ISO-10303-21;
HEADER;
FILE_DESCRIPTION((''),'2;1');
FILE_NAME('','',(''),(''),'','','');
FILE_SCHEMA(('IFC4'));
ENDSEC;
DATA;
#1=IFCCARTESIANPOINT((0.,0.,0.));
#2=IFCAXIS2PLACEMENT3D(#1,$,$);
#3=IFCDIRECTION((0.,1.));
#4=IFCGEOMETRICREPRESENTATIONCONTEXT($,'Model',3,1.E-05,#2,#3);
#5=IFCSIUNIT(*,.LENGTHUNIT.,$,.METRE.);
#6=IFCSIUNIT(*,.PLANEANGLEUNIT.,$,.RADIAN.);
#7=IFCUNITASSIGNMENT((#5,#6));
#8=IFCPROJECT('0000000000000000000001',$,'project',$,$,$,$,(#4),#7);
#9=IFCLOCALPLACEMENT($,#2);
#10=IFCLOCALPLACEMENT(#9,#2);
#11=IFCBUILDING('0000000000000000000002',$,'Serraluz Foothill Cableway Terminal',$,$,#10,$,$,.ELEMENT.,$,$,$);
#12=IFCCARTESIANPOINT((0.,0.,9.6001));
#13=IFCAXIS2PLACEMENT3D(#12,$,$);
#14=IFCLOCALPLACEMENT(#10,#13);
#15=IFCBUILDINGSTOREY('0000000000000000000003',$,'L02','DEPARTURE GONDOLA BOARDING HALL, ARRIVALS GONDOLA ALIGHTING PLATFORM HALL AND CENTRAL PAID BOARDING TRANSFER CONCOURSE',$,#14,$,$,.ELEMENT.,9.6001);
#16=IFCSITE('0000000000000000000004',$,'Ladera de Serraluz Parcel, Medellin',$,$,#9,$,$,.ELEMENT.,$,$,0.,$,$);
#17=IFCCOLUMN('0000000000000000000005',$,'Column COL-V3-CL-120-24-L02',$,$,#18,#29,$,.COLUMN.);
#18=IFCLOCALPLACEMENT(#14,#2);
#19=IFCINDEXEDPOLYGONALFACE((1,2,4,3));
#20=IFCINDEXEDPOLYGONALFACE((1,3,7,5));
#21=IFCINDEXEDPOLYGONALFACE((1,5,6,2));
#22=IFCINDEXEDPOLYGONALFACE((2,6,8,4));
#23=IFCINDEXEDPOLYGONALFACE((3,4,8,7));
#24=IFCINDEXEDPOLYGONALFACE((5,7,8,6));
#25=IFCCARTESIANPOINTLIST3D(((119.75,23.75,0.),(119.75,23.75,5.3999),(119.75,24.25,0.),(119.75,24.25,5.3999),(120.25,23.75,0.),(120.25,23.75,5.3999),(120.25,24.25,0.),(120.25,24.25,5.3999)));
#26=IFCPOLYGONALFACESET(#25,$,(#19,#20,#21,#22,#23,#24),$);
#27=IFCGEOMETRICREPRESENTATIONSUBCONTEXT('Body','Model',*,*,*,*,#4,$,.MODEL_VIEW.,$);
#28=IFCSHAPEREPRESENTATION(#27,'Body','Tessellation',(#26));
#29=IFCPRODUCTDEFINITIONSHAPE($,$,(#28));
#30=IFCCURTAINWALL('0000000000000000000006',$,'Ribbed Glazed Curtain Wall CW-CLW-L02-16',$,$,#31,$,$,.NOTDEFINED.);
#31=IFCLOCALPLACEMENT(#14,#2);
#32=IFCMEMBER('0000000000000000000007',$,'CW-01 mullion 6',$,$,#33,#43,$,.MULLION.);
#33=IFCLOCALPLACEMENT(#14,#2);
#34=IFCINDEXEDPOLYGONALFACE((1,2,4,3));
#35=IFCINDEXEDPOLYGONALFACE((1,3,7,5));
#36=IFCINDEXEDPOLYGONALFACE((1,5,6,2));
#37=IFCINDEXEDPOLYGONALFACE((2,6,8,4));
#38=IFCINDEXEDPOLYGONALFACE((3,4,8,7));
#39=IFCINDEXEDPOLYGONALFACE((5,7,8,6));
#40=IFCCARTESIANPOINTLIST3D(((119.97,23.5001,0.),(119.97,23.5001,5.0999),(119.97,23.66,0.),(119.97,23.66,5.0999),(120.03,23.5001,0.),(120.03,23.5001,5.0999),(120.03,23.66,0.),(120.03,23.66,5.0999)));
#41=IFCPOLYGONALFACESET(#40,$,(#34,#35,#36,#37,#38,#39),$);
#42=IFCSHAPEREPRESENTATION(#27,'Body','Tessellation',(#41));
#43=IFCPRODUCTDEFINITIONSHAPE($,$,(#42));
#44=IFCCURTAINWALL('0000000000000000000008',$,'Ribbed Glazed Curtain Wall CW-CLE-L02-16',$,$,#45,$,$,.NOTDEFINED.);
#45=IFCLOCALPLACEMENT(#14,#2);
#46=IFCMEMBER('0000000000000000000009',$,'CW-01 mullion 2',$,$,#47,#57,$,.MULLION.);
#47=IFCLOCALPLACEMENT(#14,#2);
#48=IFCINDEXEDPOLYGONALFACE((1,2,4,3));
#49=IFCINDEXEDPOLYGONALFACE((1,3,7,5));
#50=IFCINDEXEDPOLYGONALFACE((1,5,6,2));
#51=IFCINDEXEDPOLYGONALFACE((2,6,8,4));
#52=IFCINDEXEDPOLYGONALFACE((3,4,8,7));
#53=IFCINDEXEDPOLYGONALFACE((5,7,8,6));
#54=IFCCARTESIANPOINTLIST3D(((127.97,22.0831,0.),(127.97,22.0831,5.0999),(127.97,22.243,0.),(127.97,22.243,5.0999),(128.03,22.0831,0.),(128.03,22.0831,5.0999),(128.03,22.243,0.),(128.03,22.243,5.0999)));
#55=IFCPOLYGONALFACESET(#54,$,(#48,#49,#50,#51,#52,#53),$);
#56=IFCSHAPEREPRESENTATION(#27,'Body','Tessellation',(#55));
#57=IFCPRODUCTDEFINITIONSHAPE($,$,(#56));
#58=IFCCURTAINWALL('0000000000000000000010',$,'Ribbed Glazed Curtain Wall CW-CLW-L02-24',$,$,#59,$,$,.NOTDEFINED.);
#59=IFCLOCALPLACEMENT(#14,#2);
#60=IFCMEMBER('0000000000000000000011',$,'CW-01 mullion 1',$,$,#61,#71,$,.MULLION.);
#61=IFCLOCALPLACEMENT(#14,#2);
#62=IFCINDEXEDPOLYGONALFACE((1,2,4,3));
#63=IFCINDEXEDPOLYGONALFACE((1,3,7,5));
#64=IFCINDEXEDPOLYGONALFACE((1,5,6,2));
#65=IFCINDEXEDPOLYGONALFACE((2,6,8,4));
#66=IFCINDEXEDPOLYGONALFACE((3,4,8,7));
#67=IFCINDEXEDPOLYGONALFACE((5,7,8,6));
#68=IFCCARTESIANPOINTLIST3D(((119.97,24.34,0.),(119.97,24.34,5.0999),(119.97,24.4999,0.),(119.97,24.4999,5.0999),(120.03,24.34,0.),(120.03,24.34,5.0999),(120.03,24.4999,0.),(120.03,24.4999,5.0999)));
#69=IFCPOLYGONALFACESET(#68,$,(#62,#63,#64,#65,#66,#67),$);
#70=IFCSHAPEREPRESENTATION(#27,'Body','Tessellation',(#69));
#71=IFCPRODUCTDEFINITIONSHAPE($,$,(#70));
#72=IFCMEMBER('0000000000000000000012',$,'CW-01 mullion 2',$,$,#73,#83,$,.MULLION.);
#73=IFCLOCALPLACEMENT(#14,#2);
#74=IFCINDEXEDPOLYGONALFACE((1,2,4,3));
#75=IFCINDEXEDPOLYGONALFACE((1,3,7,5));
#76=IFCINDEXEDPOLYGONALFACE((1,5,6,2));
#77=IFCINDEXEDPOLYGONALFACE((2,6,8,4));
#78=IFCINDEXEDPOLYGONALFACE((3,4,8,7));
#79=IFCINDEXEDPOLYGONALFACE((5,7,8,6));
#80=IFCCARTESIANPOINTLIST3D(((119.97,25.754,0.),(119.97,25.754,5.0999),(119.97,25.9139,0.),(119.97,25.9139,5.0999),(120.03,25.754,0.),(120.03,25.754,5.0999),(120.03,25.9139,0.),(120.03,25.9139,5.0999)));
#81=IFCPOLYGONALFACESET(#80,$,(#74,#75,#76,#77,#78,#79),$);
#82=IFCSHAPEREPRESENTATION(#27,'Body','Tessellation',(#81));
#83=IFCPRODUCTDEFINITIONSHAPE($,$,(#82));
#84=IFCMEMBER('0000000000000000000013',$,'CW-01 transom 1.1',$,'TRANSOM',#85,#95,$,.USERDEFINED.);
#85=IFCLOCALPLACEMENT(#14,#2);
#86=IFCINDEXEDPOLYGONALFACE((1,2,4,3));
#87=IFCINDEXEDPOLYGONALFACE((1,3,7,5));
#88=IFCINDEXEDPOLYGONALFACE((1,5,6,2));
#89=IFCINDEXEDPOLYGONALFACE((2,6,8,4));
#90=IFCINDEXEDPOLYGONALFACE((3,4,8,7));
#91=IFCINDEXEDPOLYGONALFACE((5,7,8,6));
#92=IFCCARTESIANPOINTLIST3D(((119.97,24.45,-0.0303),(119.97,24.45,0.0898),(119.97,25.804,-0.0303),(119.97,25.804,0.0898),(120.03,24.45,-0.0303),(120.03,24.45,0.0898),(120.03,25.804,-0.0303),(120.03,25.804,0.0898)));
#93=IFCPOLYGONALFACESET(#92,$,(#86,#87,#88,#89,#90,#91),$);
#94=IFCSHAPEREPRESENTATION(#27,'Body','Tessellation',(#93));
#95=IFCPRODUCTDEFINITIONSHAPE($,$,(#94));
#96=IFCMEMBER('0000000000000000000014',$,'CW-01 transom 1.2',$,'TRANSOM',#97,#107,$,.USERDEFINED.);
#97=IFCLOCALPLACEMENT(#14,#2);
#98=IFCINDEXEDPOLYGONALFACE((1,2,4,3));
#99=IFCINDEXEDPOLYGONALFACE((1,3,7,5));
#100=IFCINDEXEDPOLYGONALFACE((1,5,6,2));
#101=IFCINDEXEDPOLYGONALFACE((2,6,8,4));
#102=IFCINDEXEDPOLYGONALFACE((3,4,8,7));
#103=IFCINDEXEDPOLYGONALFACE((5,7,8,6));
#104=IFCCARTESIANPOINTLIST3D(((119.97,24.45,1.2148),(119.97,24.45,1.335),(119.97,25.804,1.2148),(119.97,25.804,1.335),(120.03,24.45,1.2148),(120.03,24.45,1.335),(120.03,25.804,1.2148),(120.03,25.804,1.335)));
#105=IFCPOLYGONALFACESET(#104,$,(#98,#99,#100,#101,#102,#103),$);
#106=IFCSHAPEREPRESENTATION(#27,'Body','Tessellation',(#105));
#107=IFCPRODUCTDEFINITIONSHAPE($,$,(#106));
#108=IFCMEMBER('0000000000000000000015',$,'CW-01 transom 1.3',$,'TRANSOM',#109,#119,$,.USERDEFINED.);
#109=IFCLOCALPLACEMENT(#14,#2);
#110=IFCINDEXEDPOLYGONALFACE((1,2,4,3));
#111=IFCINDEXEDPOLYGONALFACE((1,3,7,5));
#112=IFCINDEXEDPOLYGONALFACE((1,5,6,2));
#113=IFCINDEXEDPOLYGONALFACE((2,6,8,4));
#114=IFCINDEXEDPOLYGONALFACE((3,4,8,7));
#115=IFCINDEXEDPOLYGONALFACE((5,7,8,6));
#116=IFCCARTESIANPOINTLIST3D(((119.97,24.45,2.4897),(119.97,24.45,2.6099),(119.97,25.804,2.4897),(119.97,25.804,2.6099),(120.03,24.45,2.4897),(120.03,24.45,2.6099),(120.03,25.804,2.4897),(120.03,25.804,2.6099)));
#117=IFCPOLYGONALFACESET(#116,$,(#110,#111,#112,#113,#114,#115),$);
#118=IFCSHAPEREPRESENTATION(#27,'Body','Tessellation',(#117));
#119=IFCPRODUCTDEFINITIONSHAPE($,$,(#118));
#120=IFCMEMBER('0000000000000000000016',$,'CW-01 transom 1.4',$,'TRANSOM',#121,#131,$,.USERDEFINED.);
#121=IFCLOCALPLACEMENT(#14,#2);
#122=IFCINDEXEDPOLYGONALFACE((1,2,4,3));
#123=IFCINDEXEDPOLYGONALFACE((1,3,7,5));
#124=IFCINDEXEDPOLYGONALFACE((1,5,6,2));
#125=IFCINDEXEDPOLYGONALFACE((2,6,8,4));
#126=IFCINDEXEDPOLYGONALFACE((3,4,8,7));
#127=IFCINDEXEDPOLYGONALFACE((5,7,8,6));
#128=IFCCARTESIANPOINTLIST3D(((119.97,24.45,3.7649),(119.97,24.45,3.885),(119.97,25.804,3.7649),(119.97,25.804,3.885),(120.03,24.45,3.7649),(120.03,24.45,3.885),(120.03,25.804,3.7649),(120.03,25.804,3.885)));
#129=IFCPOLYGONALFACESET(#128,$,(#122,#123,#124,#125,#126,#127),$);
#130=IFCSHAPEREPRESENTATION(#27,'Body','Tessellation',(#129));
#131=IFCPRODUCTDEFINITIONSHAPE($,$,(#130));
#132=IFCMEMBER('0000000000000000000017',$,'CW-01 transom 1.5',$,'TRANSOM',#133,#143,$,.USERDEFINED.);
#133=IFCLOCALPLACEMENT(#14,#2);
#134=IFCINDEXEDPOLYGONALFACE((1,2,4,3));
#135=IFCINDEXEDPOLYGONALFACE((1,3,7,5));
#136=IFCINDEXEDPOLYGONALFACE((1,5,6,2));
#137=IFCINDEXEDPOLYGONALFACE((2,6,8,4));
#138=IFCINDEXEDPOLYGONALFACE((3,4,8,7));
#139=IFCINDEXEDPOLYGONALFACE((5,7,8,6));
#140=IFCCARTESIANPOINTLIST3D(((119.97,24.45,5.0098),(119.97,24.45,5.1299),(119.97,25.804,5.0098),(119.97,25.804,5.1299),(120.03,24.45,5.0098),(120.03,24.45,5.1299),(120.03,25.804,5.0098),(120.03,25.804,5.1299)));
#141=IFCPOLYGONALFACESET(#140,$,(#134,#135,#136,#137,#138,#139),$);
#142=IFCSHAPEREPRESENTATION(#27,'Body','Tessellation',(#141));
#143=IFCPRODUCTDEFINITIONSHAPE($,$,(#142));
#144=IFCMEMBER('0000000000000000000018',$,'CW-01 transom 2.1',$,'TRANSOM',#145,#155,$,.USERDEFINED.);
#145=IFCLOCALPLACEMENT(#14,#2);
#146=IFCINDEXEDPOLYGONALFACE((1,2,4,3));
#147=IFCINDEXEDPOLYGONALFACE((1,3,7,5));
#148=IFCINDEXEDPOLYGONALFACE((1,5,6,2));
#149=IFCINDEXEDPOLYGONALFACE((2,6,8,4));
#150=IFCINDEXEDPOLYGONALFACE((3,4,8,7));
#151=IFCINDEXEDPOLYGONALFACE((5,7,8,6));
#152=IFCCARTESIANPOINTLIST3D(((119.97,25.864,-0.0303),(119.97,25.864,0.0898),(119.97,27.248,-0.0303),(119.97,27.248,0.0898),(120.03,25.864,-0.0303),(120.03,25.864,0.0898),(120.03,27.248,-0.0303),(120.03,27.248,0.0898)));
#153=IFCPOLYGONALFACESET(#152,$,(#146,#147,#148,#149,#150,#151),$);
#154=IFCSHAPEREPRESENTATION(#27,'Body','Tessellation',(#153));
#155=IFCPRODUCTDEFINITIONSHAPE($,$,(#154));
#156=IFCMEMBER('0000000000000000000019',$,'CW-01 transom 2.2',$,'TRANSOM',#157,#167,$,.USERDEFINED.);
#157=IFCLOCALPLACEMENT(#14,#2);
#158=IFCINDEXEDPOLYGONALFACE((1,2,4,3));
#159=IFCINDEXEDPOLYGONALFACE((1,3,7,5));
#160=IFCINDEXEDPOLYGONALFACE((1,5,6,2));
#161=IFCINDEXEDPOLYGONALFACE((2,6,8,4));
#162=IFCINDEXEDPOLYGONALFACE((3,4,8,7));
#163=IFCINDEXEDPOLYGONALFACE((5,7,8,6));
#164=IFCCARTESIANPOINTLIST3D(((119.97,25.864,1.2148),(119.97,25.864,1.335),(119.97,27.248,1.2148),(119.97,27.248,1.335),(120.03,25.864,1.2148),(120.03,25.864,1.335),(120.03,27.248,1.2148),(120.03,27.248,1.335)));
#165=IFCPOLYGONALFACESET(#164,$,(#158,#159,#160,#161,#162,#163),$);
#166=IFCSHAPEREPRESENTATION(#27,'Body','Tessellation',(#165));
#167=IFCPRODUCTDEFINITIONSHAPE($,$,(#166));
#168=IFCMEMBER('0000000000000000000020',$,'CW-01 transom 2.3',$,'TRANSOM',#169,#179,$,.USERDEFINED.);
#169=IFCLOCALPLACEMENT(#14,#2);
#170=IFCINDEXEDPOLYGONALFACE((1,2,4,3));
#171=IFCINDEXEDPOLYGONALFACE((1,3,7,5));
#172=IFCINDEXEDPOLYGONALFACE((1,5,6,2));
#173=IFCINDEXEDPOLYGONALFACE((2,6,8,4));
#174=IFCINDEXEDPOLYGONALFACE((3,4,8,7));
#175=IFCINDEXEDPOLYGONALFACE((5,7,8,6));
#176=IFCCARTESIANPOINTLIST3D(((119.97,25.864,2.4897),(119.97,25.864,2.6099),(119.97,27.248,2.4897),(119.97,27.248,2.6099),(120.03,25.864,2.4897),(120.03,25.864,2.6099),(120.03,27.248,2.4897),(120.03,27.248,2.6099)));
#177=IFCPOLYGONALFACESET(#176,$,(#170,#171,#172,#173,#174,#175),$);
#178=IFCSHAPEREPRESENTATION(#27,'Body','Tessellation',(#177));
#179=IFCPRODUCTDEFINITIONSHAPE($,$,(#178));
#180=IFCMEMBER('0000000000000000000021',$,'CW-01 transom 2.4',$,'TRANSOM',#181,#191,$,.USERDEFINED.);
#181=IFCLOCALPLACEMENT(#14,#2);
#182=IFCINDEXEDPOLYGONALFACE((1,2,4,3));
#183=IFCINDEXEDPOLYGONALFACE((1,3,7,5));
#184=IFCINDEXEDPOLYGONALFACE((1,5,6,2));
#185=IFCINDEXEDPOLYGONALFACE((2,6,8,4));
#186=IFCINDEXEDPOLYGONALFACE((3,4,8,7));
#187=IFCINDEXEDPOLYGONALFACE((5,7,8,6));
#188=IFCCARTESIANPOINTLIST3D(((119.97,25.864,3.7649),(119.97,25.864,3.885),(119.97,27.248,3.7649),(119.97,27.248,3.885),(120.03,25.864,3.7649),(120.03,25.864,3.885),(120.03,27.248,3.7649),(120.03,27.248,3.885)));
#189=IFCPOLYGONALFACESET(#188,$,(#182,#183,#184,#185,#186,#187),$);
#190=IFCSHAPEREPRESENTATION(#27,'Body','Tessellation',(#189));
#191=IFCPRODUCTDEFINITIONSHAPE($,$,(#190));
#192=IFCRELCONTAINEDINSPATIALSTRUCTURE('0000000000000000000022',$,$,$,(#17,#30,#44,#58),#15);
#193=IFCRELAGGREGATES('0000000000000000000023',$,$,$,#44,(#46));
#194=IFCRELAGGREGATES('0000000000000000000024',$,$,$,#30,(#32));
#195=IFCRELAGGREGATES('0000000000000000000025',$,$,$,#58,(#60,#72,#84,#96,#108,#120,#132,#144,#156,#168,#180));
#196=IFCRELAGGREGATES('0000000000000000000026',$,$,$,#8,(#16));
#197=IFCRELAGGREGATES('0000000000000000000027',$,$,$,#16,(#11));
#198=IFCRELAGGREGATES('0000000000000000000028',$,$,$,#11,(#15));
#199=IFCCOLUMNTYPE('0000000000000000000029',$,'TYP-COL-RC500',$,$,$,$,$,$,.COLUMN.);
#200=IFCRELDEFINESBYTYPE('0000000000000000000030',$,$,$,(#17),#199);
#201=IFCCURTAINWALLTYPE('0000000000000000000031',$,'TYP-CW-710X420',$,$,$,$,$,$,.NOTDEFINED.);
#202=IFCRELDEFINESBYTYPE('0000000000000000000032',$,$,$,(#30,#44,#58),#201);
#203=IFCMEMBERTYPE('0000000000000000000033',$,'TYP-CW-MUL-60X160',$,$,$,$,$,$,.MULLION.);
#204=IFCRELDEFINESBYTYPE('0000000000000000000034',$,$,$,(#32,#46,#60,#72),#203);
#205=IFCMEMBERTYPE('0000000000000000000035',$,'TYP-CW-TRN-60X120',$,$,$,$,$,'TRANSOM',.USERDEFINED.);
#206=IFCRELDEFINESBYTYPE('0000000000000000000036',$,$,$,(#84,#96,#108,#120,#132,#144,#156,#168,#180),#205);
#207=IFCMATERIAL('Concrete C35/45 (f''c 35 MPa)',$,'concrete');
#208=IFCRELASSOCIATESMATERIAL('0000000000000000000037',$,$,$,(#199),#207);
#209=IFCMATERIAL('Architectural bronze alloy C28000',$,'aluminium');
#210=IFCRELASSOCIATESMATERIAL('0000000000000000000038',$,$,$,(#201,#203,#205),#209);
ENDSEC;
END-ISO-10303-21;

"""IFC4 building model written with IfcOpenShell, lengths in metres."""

from ifc_helpers import new_model, si_unit, direction, frame, origin, origin_2d, place, context, subcontext, project, spatial, rectangle, extrude, material, material_profile, profile_set, type_object, element, aggregate, save


model = new_model("IFC4")

# Units and contexts
model_context = context("Model", 3, precision=1e-05, world=origin(), true_north=direction((0.0, 1.0)))
body_context = subcontext(model_context, "Body", "Model", "MODEL_VIEW")
ifc_project = project(units=[si_unit("LENGTHUNIT", "METRE"), si_unit("PLANEANGLEUNIT", "RADIAN")], contexts=[model_context])

# Site, building, storey
site_placement = place(None, origin())
site = spatial("IfcSite", under=ifc_project, at=site_placement, Name="Ladera de Serraluz Parcel, Medellin", CompositionType="ELEMENT", RefElevation=0.0)
building_placement = place(site_placement, origin())
building = spatial("IfcBuilding", under=site, at=building_placement, Name="Serraluz Foothill Cableway Terminal", CompositionType="ELEMENT")
storey_placement = place(building_placement, frame((0.0, 0.0, 9.6001)))
storey = spatial("IfcBuildingStorey", under=building, at=storey_placement, Name="L02", Description="DEPARTURE GONDOLA BOARDING HALL, ARRIVALS GONDOLA ALIGHTING PLATFORM HALL AND CENTRAL PAID BOARDING TRANSFER CONCOURSE", CompositionType="ELEMENT", Elevation=9.6001)

# Column
ifc_material_1 = material(Name="Concrete C35/45 (f'c 35 MPa)", Category="concrete")
ifc_material_profile_1 = material_profile(ifc_material_1, rectangle(XDim=0.5, YDim=0.5, at=origin_2d()), Name="RC 500x500")
ifc_profile_set_1 = profile_set([ifc_material_profile_1], Name="Concrete C35/45 (f'c 35 MPa)")
column_type = type_object("IfcColumnType", Name="TYP-COL-RC500", PredefinedType="COLUMN", material=ifc_profile_set_1)
column_placement = place(storey_placement, frame((120.0, 24.0, 0.0), z_axis=(0.0, 0.0, 1.0), x_axis=(1.0, 0.0, 0.0)))
element("IfcColumn", 1, at=column_placement, inside=storey, type_object=column_type, Name="Column COL-V3-CL-120-24-L02", PredefinedType="COLUMN", context=body_context, shape_type="SweptSolid", body=[
    extrude(rectangle(XDim=0.5, YDim=0.5, at=origin_2d()), origin(), (0.0, 0.0, 1.0), 5.3999),
])

# Curtain walls, members
ifc_material_2 = material(Name="Architectural bronze alloy C28000", Category="aluminium")
curtain_wall_type = type_object("IfcCurtainWallType", Name="TYP-CW-710X420", PredefinedType="NOTDEFINED", material=ifc_material_2)
curtain_wall_1_placement = place(storey_placement, origin())
curtain_wall_1 = element("IfcCurtainWall", 2, at=curtain_wall_1_placement, inside=storey, type_object=curtain_wall_type, Name="Ribbed Glazed Curtain Wall CW-CLW-L02-16", PredefinedType="NOTDEFINED")
ifc_material_profile_2 = material_profile(ifc_material_2, rectangle(XDim=0.0601, YDim=0.1599, at=origin_2d()), Name="ALU MULLION 60x160")
ifc_profile_set_2 = profile_set([ifc_material_profile_2], Name="Architectural bronze alloy C28000")
member_type_1 = type_object("IfcMemberType", Name="TYP-CW-MUL-60X160", PredefinedType="MULLION", material=ifc_profile_set_2)
member_1_placement = place(storey_placement, frame((120.0, 23.5801, 0.0), z_axis=(0.0, 0.0, 1.0), x_axis=(-1.0, 0.0, 0.0)))
member_1 = element("IfcMember", 3, at=member_1_placement, type_object=member_type_1, Name="CW-01 mullion 6", PredefinedType="MULLION", context=body_context, shape_type="SweptSolid", body=[
    extrude(rectangle(XDim=0.0601, YDim=0.1599, at=origin_2d()), origin(), (0.0, 0.0, 1.0), 5.0999),
])
curtain_wall_2_placement = place(storey_placement, origin())
curtain_wall_2 = element("IfcCurtainWall", 4, at=curtain_wall_2_placement, inside=storey, type_object=curtain_wall_type, Name="Ribbed Glazed Curtain Wall CW-CLE-L02-16", PredefinedType="NOTDEFINED")
member_2_placement = place(storey_placement, frame((128.0, 22.1631, 0.0), z_axis=(0.0, 0.0, 1.0), x_axis=(1.0, 0.0, 0.0)))
member_2 = element("IfcMember", 5, at=member_2_placement, type_object=member_type_1, Name="CW-01 mullion 2", PredefinedType="MULLION", context=body_context, shape_type="SweptSolid", body=[
    extrude(rectangle(XDim=0.0601, YDim=0.1599, at=origin_2d()), origin(), (0.0, 0.0, 1.0), 5.0999),
])
aggregate(curtain_wall_2, [member_2])

# Curtain wall, members
curtain_wall_3_placement = place(storey_placement, origin())
curtain_wall_3 = element("IfcCurtainWall", 6, at=curtain_wall_3_placement, inside=storey, type_object=curtain_wall_type, Name="Ribbed Glazed Curtain Wall CW-CLW-L02-24", PredefinedType="NOTDEFINED")
member_3_placement = place(storey_placement, frame((120.0, 24.4199, 0.0), z_axis=(0.0, 0.0, 1.0), x_axis=(-1.0, 0.0, 0.0)))
member_3 = element("IfcMember", 7, at=member_3_placement, type_object=member_type_1, Name="CW-01 mullion 1", PredefinedType="MULLION", context=body_context, shape_type="SweptSolid", body=[
    extrude(rectangle(XDim=0.0601, YDim=0.1599, at=origin_2d()), origin(), (0.0, 0.0, 1.0), 5.0999),
])
member_4_placement = place(storey_placement, frame((120.0, 25.834, 0.0), z_axis=(0.0, 0.0, 1.0), x_axis=(-1.0, 0.0, 0.0)))
member_4 = element("IfcMember", 8, at=member_4_placement, type_object=member_type_1, Name="CW-01 mullion 2", PredefinedType="MULLION", context=body_context, shape_type="SweptSolid", body=[
    extrude(rectangle(XDim=0.0601, YDim=0.1599, at=origin_2d()), origin(), (0.0, 0.0, 1.0), 5.0999),
])
ifc_material_profile_3 = material_profile(ifc_material_2, rectangle(XDim=0.0601, YDim=0.1201, at=origin_2d()), Name="ALU TRANSOM 60x120")
ifc_profile_set_3 = profile_set([ifc_material_profile_3], Name="Architectural bronze alloy C28000")
member_type_2 = type_object("IfcMemberType", Name="TYP-CW-TRN-60X120", ElementType="TRANSOM", PredefinedType="USERDEFINED", material=ifc_profile_set_3)
member_5_placement = place(storey_placement, frame((120.0, 24.45, 0.0298), z_axis=(0.0, 1.0, 0.0), x_axis=(-1.0, 0.0, 0.0)))
member_5 = element("IfcMember", 9, at=member_5_placement, type_object=member_type_2, Name="CW-01 transom 1.1", ObjectType="TRANSOM", PredefinedType="USERDEFINED", context=body_context, shape_type="SweptSolid", body=[
    extrude(rectangle(XDim=0.0601, YDim=0.1201, at=origin_2d()), origin(), (0.0, 0.0, 1.0), 1.354),
])
member_6_placement = place(storey_placement, frame((120.0, 24.45, 1.2749), z_axis=(0.0, 1.0, 0.0), x_axis=(-1.0, 0.0, 0.0)))
member_6 = element("IfcMember", 10, at=member_6_placement, type_object=member_type_2, Name="CW-01 transom 1.2", ObjectType="TRANSOM", PredefinedType="USERDEFINED", context=body_context, shape_type="SweptSolid", body=[
    extrude(rectangle(XDim=0.0601, YDim=0.1201, at=origin_2d()), origin(), (0.0, 0.0, 1.0), 1.354),
])
member_7_placement = place(storey_placement, frame((120.0, 24.45, 2.5498), z_axis=(0.0, 1.0, 0.0), x_axis=(-1.0, 0.0, 0.0)))
member_7 = element("IfcMember", 11, at=member_7_placement, type_object=member_type_2, Name="CW-01 transom 1.3", ObjectType="TRANSOM", PredefinedType="USERDEFINED", context=body_context, shape_type="SweptSolid", body=[
    extrude(rectangle(XDim=0.0601, YDim=0.1201, at=origin_2d()), origin(), (0.0, 0.0, 1.0), 1.354),
])
member_8_placement = place(storey_placement, frame((120.0, 24.45, 3.825), z_axis=(0.0, 1.0, 0.0), x_axis=(-1.0, 0.0, 0.0)))
member_8 = element("IfcMember", 12, at=member_8_placement, type_object=member_type_2, Name="CW-01 transom 1.4", ObjectType="TRANSOM", PredefinedType="USERDEFINED", context=body_context, shape_type="SweptSolid", body=[
    extrude(rectangle(XDim=0.0601, YDim=0.1201, at=origin_2d()), origin(), (0.0, 0.0, 1.0), 1.354),
])
member_9_placement = place(storey_placement, frame((120.0, 24.45, 5.0698), z_axis=(0.0, 1.0, 0.0), x_axis=(-1.0, 0.0, 0.0)))
member_9 = element("IfcMember", 13, at=member_9_placement, type_object=member_type_2, Name="CW-01 transom 1.5", ObjectType="TRANSOM", PredefinedType="USERDEFINED", context=body_context, shape_type="SweptSolid", body=[
    extrude(rectangle(XDim=0.0601, YDim=0.1201, at=origin_2d()), origin(), (0.0, 0.0, 1.0), 1.354),
])
member_10_placement = place(storey_placement, frame((120.0, 25.864, 0.0298), z_axis=(0.0, 1.0, 0.0), x_axis=(-1.0, 0.0, 0.0)))
member_10 = element("IfcMember", 14, at=member_10_placement, type_object=member_type_2, Name="CW-01 transom 2.1", ObjectType="TRANSOM", PredefinedType="USERDEFINED", context=body_context, shape_type="SweptSolid", body=[
    extrude(rectangle(XDim=0.0601, YDim=0.1201, at=origin_2d()), origin(), (0.0, 0.0, 1.0), 1.384),
])
member_11_placement = place(storey_placement, frame((120.0, 25.864, 1.2749), z_axis=(0.0, 1.0, 0.0), x_axis=(-1.0, 0.0, 0.0)))
member_11 = element("IfcMember", 15, at=member_11_placement, type_object=member_type_2, Name="CW-01 transom 2.2", ObjectType="TRANSOM", PredefinedType="USERDEFINED", context=body_context, shape_type="SweptSolid", body=[
    extrude(rectangle(XDim=0.0601, YDim=0.1201, at=origin_2d()), origin(), (0.0, 0.0, 1.0), 1.384),
])
member_12_placement = place(storey_placement, frame((120.0, 25.864, 2.5498), z_axis=(0.0, 1.0, 0.0), x_axis=(-1.0, 0.0, 0.0)))
member_12 = element("IfcMember", 16, at=member_12_placement, type_object=member_type_2, Name="CW-01 transom 2.3", ObjectType="TRANSOM", PredefinedType="USERDEFINED", context=body_context, shape_type="SweptSolid", body=[
    extrude(rectangle(XDim=0.0601, YDim=0.1201, at=origin_2d()), origin(), (0.0, 0.0, 1.0), 1.384),
])
member_13_placement = place(storey_placement, frame((120.0, 25.864, 3.825), z_axis=(0.0, 1.0, 0.0), x_axis=(-1.0, 0.0, 0.0)))
member_13 = element("IfcMember", 17, at=member_13_placement, type_object=member_type_2, Name="CW-01 transom 2.4", ObjectType="TRANSOM", PredefinedType="USERDEFINED", context=body_context, shape_type="SweptSolid", body=[
    extrude(rectangle(XDim=0.0601, YDim=0.1201, at=origin_2d()), origin(), (0.0, 0.0, 1.0), 1.384),
])

aggregate(curtain_wall_1, [member_1])
aggregate(curtain_wall_3, [member_3, member_4, member_5, member_6, member_7, member_8, member_9, member_10, member_11, member_12, member_13])

save(model, "model.ifc")
